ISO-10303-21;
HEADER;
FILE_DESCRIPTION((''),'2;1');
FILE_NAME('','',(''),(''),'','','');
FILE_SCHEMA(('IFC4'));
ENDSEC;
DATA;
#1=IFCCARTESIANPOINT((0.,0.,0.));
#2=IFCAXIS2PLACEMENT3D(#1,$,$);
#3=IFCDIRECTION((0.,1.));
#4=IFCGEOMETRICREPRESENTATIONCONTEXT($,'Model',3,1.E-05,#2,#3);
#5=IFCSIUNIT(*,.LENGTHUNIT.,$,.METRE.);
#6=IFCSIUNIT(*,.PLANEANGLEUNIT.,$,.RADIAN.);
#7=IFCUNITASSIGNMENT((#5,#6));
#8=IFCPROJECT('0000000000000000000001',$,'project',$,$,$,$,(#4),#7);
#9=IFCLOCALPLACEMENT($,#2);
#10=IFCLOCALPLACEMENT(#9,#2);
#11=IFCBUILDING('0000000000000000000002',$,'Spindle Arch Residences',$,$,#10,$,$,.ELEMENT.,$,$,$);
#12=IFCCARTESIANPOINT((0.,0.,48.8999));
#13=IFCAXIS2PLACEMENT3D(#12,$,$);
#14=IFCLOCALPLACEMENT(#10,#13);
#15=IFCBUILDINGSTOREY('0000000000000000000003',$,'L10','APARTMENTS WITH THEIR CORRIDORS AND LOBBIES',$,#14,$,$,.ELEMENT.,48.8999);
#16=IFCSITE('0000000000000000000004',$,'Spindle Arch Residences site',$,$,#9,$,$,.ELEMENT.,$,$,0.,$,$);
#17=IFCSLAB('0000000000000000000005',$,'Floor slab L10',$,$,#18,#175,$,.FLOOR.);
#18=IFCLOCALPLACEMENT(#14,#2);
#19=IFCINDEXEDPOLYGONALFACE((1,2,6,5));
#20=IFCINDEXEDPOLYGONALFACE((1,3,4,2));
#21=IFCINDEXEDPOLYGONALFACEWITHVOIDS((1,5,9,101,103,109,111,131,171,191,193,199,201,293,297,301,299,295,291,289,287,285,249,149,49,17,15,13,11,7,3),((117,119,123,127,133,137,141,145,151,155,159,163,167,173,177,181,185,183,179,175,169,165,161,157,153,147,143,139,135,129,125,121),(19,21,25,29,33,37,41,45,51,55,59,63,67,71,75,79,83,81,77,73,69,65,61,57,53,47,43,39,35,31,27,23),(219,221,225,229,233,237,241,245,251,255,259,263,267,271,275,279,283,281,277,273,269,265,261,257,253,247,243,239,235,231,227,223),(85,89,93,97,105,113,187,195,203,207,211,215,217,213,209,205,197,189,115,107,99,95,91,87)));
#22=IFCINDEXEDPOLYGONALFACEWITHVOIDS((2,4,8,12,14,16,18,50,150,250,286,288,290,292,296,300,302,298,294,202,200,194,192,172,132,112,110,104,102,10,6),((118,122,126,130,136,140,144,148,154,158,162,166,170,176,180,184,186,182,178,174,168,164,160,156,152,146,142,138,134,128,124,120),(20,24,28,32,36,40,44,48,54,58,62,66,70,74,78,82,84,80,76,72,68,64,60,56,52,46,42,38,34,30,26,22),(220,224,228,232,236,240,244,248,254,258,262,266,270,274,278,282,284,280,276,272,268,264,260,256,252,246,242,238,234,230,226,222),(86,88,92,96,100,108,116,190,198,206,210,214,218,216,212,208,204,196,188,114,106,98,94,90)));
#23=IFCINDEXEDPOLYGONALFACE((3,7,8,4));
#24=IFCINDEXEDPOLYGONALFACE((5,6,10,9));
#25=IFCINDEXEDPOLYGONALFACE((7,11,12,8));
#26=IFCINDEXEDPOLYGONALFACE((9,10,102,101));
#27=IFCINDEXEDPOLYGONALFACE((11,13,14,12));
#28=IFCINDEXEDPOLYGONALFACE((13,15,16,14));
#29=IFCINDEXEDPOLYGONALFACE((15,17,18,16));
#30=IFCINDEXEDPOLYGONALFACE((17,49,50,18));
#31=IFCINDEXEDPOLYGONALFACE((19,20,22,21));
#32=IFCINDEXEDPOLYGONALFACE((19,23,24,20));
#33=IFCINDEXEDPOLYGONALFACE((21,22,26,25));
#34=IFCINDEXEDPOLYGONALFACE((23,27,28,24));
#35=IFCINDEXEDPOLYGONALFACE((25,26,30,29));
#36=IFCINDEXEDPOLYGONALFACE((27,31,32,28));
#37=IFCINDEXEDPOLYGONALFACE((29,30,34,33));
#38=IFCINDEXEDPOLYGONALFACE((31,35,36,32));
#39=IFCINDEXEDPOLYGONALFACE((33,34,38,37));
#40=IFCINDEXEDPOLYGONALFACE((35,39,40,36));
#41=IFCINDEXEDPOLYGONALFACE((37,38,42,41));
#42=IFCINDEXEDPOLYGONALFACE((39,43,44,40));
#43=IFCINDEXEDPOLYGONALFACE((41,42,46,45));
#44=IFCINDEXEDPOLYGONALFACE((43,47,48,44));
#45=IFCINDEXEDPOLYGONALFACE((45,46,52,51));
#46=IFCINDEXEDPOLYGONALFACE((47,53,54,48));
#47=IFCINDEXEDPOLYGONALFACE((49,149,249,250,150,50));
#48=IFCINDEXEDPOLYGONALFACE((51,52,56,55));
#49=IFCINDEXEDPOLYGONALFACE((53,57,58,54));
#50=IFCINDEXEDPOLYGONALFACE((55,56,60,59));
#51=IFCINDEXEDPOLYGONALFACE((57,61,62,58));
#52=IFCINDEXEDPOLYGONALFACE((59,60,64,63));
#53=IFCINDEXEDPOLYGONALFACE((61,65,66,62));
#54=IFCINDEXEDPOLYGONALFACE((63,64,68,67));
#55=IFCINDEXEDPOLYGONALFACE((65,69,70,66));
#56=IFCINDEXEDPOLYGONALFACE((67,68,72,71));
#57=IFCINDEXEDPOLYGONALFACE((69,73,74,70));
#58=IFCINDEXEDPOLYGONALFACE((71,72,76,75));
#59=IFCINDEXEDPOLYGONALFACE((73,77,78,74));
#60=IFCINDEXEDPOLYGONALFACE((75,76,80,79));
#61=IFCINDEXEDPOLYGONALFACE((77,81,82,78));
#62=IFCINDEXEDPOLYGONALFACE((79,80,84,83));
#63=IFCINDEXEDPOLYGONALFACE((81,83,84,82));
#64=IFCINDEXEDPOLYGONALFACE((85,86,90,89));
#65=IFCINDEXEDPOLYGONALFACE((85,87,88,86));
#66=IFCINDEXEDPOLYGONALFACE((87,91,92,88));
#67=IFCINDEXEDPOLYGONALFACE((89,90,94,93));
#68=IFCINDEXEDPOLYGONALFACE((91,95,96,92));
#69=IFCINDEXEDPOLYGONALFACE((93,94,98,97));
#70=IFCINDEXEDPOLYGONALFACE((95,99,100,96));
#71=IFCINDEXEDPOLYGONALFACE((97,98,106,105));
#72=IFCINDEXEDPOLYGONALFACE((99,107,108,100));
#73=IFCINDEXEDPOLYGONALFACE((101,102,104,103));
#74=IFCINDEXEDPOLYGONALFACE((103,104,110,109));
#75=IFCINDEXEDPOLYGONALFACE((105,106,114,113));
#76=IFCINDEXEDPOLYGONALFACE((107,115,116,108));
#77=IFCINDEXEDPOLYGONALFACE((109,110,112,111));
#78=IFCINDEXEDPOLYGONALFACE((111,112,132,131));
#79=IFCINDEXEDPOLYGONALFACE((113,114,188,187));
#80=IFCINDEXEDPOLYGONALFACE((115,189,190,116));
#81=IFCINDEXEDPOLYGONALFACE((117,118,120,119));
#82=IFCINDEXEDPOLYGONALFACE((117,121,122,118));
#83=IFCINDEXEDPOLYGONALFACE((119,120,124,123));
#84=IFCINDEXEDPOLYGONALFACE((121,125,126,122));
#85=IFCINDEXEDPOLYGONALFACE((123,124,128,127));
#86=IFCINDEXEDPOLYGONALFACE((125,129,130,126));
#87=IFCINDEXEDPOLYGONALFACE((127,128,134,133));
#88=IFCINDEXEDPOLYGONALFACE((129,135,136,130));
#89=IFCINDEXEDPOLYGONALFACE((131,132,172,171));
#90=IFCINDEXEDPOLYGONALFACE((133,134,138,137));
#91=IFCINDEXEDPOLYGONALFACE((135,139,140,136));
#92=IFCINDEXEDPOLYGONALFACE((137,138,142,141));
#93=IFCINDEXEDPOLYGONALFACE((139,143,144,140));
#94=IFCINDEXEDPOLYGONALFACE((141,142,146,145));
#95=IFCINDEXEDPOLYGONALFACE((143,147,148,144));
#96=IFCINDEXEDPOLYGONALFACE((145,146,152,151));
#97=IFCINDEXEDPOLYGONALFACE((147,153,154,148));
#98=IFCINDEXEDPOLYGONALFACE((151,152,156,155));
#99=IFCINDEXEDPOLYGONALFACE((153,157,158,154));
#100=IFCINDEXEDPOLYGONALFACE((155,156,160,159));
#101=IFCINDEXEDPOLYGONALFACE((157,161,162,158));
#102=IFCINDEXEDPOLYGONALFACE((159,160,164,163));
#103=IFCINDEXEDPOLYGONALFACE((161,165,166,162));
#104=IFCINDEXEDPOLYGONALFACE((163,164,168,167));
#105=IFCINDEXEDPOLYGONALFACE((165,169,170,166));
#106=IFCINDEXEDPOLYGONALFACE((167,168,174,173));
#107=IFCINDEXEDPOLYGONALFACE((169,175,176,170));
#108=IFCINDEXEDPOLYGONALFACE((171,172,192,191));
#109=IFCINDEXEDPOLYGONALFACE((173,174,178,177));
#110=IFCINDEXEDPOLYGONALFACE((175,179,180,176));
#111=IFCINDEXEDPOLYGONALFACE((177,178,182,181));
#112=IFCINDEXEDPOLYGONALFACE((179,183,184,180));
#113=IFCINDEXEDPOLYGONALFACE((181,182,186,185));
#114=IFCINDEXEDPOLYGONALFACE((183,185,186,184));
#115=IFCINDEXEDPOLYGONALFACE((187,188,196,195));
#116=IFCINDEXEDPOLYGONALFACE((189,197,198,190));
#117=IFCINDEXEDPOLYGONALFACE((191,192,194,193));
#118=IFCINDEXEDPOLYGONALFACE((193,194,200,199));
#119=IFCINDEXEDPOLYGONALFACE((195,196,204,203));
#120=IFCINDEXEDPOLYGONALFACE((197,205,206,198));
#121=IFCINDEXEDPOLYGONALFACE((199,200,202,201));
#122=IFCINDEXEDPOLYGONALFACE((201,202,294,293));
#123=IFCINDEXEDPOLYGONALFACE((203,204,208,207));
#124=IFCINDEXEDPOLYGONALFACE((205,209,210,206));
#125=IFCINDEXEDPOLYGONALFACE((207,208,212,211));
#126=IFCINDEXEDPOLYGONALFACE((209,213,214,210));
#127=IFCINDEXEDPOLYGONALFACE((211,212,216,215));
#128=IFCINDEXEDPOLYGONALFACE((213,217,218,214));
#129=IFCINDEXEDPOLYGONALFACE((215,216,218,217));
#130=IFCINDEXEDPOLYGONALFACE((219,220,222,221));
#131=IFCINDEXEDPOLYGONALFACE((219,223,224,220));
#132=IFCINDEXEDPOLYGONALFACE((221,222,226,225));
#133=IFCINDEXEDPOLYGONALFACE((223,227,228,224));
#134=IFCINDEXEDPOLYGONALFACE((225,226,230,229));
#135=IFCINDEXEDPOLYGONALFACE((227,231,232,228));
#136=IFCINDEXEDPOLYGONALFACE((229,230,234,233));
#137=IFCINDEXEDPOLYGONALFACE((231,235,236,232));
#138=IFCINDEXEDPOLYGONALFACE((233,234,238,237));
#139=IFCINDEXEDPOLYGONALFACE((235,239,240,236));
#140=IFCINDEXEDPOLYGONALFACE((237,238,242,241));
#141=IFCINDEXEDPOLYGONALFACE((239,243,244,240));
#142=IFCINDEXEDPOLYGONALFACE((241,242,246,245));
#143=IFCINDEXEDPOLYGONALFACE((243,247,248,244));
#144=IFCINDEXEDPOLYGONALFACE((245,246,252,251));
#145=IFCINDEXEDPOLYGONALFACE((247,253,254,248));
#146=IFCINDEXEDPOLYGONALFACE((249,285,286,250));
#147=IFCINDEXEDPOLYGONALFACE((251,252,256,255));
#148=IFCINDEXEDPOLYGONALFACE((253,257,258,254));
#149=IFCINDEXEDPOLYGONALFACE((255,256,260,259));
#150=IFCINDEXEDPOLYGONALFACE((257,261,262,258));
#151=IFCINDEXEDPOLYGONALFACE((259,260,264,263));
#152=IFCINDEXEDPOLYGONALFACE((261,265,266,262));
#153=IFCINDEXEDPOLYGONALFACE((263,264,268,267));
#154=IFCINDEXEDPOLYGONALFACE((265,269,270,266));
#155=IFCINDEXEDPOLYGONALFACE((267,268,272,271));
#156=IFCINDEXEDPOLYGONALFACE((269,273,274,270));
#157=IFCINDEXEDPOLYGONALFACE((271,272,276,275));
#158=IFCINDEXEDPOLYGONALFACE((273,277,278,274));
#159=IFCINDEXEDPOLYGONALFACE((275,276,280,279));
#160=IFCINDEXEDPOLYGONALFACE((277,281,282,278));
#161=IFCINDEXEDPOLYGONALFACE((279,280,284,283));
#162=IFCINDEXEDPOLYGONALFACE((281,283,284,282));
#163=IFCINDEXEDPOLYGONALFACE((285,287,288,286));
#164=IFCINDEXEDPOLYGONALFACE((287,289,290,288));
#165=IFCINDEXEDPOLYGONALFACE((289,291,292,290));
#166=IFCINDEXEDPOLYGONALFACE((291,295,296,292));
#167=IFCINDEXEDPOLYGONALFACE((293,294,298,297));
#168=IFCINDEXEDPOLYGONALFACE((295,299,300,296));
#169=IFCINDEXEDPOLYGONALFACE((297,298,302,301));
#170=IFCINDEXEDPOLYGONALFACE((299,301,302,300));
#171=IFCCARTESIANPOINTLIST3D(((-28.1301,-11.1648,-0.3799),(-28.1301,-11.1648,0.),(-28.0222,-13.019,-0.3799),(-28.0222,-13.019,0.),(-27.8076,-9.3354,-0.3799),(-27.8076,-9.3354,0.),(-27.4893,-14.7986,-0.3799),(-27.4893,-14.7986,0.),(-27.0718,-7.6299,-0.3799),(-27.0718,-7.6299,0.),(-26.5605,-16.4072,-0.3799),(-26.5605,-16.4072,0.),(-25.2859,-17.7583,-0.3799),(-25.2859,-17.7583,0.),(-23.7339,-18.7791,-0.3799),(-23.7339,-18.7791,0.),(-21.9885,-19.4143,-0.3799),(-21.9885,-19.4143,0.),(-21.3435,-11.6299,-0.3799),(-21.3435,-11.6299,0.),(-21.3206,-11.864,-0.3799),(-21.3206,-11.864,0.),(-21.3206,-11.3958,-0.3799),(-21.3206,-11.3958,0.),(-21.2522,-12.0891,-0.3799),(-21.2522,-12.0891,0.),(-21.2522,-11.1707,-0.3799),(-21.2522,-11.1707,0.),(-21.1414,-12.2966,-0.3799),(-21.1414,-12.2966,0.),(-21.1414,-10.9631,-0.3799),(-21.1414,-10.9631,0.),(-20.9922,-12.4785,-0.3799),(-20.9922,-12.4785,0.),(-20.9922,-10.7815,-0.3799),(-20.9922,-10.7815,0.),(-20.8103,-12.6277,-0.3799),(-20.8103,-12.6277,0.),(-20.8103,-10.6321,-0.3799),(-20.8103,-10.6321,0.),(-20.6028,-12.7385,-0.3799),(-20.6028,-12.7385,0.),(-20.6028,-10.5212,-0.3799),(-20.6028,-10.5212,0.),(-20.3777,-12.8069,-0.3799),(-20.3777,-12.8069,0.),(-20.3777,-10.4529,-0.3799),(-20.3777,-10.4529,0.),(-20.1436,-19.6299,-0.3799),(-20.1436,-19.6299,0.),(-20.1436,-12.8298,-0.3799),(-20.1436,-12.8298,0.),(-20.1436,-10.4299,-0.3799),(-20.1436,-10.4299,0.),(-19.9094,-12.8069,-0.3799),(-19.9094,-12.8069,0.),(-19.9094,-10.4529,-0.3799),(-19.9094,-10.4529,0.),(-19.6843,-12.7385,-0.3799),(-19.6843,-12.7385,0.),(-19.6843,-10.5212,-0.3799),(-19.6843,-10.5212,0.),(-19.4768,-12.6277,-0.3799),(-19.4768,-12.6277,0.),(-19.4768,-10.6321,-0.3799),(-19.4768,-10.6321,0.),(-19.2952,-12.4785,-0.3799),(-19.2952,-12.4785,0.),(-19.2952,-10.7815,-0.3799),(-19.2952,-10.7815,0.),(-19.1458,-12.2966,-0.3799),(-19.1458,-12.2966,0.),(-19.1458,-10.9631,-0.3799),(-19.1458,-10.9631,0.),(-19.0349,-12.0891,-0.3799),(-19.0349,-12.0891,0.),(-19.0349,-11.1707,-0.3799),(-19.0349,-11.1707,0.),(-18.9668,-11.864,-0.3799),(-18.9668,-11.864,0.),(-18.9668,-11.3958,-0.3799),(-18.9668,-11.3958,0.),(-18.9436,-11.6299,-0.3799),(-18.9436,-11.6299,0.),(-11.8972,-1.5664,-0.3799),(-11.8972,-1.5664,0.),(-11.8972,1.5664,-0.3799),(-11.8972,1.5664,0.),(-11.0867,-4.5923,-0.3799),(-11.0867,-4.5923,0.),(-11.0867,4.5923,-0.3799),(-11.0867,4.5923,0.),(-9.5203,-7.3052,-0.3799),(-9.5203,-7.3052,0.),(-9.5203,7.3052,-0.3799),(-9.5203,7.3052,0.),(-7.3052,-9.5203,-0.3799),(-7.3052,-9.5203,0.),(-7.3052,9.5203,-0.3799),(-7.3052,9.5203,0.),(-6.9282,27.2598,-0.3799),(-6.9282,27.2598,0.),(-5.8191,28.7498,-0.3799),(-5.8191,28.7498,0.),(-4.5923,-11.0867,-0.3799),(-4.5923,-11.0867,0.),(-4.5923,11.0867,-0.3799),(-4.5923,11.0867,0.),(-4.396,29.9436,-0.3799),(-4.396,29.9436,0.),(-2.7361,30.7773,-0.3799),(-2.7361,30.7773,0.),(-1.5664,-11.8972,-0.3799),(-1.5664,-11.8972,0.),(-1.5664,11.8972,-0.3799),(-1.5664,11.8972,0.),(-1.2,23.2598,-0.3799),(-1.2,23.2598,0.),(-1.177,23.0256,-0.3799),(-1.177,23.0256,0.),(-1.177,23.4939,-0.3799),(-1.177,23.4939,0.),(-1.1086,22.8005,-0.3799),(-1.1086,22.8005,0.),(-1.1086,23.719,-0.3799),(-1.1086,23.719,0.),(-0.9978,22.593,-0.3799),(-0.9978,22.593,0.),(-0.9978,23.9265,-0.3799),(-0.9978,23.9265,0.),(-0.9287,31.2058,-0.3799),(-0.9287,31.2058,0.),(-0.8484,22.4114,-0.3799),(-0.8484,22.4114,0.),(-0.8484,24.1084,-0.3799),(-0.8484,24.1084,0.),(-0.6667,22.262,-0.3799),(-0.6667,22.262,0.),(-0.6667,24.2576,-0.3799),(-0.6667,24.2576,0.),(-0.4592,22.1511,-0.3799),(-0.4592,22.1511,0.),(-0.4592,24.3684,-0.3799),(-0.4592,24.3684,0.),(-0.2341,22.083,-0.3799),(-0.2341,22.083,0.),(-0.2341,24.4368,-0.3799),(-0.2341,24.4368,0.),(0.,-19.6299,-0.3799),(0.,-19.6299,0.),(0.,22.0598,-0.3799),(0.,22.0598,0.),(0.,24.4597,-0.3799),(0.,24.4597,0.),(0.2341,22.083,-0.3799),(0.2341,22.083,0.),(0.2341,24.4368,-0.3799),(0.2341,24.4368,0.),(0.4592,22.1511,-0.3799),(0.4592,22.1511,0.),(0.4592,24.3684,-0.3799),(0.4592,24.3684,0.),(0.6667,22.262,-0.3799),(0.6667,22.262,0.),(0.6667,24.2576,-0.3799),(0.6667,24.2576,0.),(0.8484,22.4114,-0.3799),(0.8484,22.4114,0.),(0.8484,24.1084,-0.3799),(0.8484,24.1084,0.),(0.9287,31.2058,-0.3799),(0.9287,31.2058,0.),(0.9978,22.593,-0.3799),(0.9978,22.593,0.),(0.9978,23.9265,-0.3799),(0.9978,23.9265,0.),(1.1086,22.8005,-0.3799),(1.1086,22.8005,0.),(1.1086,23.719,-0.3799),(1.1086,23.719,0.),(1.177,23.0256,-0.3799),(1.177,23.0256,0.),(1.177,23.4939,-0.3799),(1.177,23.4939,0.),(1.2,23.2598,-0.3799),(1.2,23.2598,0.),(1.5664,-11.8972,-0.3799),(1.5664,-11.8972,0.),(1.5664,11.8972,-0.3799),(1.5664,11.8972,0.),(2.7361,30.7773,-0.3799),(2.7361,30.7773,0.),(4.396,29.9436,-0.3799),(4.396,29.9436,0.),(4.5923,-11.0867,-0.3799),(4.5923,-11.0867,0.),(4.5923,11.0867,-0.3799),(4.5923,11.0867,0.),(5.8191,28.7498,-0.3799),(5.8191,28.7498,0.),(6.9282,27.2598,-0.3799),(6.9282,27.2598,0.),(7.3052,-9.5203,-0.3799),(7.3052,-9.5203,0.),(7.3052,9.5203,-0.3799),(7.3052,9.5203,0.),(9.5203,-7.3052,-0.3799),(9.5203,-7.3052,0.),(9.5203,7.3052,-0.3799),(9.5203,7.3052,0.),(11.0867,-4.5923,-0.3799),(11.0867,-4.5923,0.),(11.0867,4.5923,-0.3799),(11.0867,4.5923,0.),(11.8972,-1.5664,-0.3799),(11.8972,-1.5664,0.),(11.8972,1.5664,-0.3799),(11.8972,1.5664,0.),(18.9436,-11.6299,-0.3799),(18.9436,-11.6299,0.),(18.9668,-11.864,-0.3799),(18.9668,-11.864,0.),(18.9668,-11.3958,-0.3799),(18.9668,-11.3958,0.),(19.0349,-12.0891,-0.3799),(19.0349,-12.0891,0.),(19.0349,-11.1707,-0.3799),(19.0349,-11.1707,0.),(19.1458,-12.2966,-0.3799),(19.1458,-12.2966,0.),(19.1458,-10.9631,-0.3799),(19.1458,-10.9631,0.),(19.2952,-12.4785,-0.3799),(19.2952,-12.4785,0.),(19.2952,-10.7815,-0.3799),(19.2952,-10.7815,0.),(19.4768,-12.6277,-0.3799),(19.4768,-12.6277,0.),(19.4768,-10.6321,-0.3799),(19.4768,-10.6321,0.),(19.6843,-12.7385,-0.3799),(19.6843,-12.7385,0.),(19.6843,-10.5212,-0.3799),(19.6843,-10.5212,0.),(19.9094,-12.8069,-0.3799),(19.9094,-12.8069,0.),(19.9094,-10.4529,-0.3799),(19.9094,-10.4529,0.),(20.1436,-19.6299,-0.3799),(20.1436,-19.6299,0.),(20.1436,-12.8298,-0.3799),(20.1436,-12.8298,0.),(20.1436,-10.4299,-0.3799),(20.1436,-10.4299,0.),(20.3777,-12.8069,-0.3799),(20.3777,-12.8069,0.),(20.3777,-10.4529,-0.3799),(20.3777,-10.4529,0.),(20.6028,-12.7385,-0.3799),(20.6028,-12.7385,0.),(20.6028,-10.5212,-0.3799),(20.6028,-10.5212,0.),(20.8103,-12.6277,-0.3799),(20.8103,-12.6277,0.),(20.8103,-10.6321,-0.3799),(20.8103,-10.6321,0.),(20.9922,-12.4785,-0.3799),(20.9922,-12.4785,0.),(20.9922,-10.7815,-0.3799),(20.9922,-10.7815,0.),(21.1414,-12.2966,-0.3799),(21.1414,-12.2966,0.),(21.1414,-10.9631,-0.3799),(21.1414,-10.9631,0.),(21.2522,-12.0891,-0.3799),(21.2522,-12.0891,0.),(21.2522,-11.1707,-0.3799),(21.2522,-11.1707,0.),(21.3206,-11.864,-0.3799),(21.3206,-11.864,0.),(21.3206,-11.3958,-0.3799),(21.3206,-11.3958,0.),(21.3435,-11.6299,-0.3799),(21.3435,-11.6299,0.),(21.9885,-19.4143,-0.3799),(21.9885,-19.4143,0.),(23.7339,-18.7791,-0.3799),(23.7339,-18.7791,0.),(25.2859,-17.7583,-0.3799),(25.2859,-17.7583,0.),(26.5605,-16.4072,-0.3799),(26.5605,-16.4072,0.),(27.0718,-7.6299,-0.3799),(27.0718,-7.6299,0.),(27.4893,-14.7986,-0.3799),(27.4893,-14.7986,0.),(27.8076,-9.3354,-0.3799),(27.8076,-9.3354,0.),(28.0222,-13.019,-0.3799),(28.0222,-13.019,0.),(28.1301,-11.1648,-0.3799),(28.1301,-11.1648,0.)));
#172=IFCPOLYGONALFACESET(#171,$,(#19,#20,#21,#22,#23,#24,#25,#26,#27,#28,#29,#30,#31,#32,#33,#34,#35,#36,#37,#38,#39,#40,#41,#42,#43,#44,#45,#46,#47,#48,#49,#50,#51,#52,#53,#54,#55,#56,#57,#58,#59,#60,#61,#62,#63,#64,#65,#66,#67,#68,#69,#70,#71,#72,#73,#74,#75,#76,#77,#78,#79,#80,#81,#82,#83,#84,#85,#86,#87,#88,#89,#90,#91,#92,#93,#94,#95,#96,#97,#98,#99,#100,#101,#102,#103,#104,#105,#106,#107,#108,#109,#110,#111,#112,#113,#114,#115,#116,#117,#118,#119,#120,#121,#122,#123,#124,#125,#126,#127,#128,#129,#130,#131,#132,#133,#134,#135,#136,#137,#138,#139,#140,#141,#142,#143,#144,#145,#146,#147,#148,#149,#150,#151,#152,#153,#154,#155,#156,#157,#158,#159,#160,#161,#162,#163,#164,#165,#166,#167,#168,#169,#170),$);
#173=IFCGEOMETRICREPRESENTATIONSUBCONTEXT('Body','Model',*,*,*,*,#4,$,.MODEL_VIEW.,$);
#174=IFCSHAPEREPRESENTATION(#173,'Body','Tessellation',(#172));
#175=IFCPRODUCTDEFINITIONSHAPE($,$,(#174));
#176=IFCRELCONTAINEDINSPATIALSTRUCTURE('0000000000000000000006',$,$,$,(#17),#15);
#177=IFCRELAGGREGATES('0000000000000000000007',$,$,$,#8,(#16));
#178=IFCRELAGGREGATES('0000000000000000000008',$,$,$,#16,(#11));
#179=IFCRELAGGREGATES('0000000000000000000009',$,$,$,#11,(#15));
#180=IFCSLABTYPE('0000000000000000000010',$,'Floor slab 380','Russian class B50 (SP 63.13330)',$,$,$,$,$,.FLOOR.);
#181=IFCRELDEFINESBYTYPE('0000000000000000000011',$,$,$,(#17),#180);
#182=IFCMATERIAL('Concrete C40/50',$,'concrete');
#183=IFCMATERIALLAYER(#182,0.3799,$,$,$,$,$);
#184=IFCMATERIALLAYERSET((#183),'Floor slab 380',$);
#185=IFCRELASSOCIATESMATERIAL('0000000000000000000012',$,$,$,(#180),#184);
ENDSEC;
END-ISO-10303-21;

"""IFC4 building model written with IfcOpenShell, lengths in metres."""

from ifc_helpers import new_model, si_unit, direction, frame, origin, place, context, subcontext, project, spatial, polyline, outline, extrude, material, layer, layer_set, type_object, element, save


model = new_model("IFC4")

# Units and contexts
model_context = context("Model", 3, precision=1e-05, world=origin(), true_north=direction((0.0, 1.0)))
body_context = subcontext(model_context, "Body", "Model", "MODEL_VIEW")
ifc_project = project(units=[si_unit("LENGTHUNIT", "METRE"), si_unit("PLANEANGLEUNIT", "RADIAN")], contexts=[model_context])

# Site, building, storey
site_placement = place(None, origin())
site = spatial("IfcSite", under=ifc_project, at=site_placement, Name="Spindle Arch Residences site", CompositionType="ELEMENT", RefElevation=0.0)
building_placement = place(site_placement, origin())
building = spatial("IfcBuilding", under=site, at=building_placement, Name="Spindle Arch Residences", CompositionType="ELEMENT")
storey_placement = place(building_placement, frame((0.0, 0.0, 48.8999)))
storey = spatial("IfcBuildingStorey", under=building, at=storey_placement, Name="L10", Description="APARTMENTS WITH THEIR CORRIDORS AND LOBBIES", CompositionType="ELEMENT", Elevation=48.8999)

# Slab
ifc_material_1 = material(Name="Concrete C40/50", Category="concrete")
ifc_layer_1 = layer(ifc_material_1, 0.3799)
ifc_layer_set_1 = layer_set([ifc_layer_1], Name="Floor slab 380")
slab_type_1 = type_object("IfcSlabType", Name="Floor slab 380", Description="Russian class B50 (SP 63.13330)", PredefinedType="FLOOR", material=ifc_layer_set_1)
slab_1_placement = place(storey_placement, frame((0.0, 0.0, -0.3799)))
element("IfcSlab", 1, at=slab_1_placement, inside=storey, type_object=slab_type_1, Name="Floor slab L10", PredefinedType="FLOOR", context=body_context, shape_type="SweptSolid", body=[
    extrude(outline(polyline([(-21.9885, -19.4143), (-23.7339, -18.7791), (-25.2859, -17.7583), (-26.5605, -16.4072), (-27.4893, -14.7986), (-28.0222, -13.019), (-28.1301, -11.1648), (-27.8076, -9.3354), (-27.0718, -7.6299), (-6.9282, 27.2598), (-5.8191, 28.7498), (-4.396, 29.9436), (-2.7361, 30.7773), (-0.9287, 31.2058), (0.9287, 31.2058), (2.7361, 30.7773), (4.396, 29.9436), (5.8191, 28.7498), (6.9282, 27.2598), (27.0718, -7.6299), (27.8076, -9.3354), (28.1301, -11.1648), (28.0222, -13.019), (27.4893, -14.7986), (26.5605, -16.4072), (25.2859, -17.7583), (23.7339, -18.7791), (21.9885, -19.4143), (20.1436, -19.6299), (0.0, -19.6299), (-20.1436, -19.6299), (-21.9885, -19.4143)]), holes=[polyline([(7.3052, -9.5203), (9.5203, -7.3052), (11.0867, -4.5923), (11.8972, -1.5664), (11.8972, 1.5664), (11.0867, 4.5923), (9.5203, 7.3052), (7.3052, 9.5203), (4.5923, 11.0867), (1.5664, 11.8972), (-1.5664, 11.8972), (-4.5923, 11.0867), (-7.3052, 9.5203), (-9.5203, 7.3052), (-11.0867, 4.5923), (-11.8972, 1.5664), (-11.8972, -1.5664), (-11.0867, -4.5923), (-9.5203, -7.3052), (-7.3052, -9.5203), (-4.5923, -11.0867), (-1.5664, -11.8972), (1.5664, -11.8972), (4.5923, -11.0867), (7.3052, -9.5203)]), polyline([(-19.2952, -12.4785), (-19.1458, -12.2966), (-19.0349, -12.0891), (-18.9668, -11.864), (-18.9436, -11.6299), (-18.9668, -11.3958), (-19.0349, -11.1707), (-19.1458, -10.9631), (-19.2952, -10.7815), (-19.4768, -10.6321), (-19.6843, -10.5212), (-19.9094, -10.4529), (-20.1436, -10.4299), (-20.3777, -10.4529), (-20.6028, -10.5212), (-20.8103, -10.6321), (-20.9922, -10.7815), (-21.1414, -10.9631), (-21.2522, -11.1707), (-21.3206, -11.3958), (-21.3435, -11.6299), (-21.3206, -11.864), (-21.2522, -12.0891), (-21.1414, -12.2966), (-20.9922, -12.4785), (-20.8103, -12.6277), (-20.6028, -12.7385), (-20.3777, -12.8069), (-20.1436, -12.8298), (-19.9094, -12.8069), (-19.6843, -12.7385), (-19.4768, -12.6277), (-19.2952, -12.4785)]), polyline([(0.8484, 22.4114), (0.9978, 22.593), (1.1086, 22.8005), (1.177, 23.0256), (1.2, 23.2598), (1.177, 23.4939), (1.1086, 23.719), (0.9978, 23.9265), (0.8484, 24.1084), (0.6667, 24.2576), (0.4592, 24.3684), (0.2341, 24.4368), (0.0, 24.4597), (-0.2341, 24.4368), (-0.4592, 24.3684), (-0.6667, 24.2576), (-0.8484, 24.1084), (-0.9978, 23.9265), (-1.1086, 23.719), (-1.177, 23.4939), (-1.2, 23.2598), (-1.177, 23.0256), (-1.1086, 22.8005), (-0.9978, 22.593), (-0.8484, 22.4114), (-0.6667, 22.262), (-0.4592, 22.1511), (-0.2341, 22.083), (0.0, 22.0598), (0.2341, 22.083), (0.4592, 22.1511), (0.6667, 22.262), (0.8484, 22.4114)]), polyline([(20.9922, -12.4785), (21.1414, -12.2966), (21.2522, -12.0891), (21.3206, -11.864), (21.3435, -11.6299), (21.3206, -11.3958), (21.2522, -11.1707), (21.1414, -10.9631), (20.9922, -10.7815), (20.8103, -10.6321), (20.6028, -10.5212), (20.3777, -10.4529), (20.1436, -10.4299), (19.9094, -10.4529), (19.6843, -10.5212), (19.4768, -10.6321), (19.2952, -10.7815), (19.1458, -10.9631), (19.0349, -11.1707), (18.9668, -11.3958), (18.9436, -11.6299), (18.9668, -11.864), (19.0349, -12.0891), (19.1458, -12.2966), (19.2952, -12.4785), (19.4768, -12.6277), (19.6843, -12.7385), (19.9094, -12.8069), (20.1436, -12.8298), (20.3777, -12.8069), (20.6028, -12.7385), (20.8103, -12.6277), (20.9922, -12.4785)])]), origin(), (0.0, 0.0, 1.0), 0.3799),
])

save(model, "model.ifc")
